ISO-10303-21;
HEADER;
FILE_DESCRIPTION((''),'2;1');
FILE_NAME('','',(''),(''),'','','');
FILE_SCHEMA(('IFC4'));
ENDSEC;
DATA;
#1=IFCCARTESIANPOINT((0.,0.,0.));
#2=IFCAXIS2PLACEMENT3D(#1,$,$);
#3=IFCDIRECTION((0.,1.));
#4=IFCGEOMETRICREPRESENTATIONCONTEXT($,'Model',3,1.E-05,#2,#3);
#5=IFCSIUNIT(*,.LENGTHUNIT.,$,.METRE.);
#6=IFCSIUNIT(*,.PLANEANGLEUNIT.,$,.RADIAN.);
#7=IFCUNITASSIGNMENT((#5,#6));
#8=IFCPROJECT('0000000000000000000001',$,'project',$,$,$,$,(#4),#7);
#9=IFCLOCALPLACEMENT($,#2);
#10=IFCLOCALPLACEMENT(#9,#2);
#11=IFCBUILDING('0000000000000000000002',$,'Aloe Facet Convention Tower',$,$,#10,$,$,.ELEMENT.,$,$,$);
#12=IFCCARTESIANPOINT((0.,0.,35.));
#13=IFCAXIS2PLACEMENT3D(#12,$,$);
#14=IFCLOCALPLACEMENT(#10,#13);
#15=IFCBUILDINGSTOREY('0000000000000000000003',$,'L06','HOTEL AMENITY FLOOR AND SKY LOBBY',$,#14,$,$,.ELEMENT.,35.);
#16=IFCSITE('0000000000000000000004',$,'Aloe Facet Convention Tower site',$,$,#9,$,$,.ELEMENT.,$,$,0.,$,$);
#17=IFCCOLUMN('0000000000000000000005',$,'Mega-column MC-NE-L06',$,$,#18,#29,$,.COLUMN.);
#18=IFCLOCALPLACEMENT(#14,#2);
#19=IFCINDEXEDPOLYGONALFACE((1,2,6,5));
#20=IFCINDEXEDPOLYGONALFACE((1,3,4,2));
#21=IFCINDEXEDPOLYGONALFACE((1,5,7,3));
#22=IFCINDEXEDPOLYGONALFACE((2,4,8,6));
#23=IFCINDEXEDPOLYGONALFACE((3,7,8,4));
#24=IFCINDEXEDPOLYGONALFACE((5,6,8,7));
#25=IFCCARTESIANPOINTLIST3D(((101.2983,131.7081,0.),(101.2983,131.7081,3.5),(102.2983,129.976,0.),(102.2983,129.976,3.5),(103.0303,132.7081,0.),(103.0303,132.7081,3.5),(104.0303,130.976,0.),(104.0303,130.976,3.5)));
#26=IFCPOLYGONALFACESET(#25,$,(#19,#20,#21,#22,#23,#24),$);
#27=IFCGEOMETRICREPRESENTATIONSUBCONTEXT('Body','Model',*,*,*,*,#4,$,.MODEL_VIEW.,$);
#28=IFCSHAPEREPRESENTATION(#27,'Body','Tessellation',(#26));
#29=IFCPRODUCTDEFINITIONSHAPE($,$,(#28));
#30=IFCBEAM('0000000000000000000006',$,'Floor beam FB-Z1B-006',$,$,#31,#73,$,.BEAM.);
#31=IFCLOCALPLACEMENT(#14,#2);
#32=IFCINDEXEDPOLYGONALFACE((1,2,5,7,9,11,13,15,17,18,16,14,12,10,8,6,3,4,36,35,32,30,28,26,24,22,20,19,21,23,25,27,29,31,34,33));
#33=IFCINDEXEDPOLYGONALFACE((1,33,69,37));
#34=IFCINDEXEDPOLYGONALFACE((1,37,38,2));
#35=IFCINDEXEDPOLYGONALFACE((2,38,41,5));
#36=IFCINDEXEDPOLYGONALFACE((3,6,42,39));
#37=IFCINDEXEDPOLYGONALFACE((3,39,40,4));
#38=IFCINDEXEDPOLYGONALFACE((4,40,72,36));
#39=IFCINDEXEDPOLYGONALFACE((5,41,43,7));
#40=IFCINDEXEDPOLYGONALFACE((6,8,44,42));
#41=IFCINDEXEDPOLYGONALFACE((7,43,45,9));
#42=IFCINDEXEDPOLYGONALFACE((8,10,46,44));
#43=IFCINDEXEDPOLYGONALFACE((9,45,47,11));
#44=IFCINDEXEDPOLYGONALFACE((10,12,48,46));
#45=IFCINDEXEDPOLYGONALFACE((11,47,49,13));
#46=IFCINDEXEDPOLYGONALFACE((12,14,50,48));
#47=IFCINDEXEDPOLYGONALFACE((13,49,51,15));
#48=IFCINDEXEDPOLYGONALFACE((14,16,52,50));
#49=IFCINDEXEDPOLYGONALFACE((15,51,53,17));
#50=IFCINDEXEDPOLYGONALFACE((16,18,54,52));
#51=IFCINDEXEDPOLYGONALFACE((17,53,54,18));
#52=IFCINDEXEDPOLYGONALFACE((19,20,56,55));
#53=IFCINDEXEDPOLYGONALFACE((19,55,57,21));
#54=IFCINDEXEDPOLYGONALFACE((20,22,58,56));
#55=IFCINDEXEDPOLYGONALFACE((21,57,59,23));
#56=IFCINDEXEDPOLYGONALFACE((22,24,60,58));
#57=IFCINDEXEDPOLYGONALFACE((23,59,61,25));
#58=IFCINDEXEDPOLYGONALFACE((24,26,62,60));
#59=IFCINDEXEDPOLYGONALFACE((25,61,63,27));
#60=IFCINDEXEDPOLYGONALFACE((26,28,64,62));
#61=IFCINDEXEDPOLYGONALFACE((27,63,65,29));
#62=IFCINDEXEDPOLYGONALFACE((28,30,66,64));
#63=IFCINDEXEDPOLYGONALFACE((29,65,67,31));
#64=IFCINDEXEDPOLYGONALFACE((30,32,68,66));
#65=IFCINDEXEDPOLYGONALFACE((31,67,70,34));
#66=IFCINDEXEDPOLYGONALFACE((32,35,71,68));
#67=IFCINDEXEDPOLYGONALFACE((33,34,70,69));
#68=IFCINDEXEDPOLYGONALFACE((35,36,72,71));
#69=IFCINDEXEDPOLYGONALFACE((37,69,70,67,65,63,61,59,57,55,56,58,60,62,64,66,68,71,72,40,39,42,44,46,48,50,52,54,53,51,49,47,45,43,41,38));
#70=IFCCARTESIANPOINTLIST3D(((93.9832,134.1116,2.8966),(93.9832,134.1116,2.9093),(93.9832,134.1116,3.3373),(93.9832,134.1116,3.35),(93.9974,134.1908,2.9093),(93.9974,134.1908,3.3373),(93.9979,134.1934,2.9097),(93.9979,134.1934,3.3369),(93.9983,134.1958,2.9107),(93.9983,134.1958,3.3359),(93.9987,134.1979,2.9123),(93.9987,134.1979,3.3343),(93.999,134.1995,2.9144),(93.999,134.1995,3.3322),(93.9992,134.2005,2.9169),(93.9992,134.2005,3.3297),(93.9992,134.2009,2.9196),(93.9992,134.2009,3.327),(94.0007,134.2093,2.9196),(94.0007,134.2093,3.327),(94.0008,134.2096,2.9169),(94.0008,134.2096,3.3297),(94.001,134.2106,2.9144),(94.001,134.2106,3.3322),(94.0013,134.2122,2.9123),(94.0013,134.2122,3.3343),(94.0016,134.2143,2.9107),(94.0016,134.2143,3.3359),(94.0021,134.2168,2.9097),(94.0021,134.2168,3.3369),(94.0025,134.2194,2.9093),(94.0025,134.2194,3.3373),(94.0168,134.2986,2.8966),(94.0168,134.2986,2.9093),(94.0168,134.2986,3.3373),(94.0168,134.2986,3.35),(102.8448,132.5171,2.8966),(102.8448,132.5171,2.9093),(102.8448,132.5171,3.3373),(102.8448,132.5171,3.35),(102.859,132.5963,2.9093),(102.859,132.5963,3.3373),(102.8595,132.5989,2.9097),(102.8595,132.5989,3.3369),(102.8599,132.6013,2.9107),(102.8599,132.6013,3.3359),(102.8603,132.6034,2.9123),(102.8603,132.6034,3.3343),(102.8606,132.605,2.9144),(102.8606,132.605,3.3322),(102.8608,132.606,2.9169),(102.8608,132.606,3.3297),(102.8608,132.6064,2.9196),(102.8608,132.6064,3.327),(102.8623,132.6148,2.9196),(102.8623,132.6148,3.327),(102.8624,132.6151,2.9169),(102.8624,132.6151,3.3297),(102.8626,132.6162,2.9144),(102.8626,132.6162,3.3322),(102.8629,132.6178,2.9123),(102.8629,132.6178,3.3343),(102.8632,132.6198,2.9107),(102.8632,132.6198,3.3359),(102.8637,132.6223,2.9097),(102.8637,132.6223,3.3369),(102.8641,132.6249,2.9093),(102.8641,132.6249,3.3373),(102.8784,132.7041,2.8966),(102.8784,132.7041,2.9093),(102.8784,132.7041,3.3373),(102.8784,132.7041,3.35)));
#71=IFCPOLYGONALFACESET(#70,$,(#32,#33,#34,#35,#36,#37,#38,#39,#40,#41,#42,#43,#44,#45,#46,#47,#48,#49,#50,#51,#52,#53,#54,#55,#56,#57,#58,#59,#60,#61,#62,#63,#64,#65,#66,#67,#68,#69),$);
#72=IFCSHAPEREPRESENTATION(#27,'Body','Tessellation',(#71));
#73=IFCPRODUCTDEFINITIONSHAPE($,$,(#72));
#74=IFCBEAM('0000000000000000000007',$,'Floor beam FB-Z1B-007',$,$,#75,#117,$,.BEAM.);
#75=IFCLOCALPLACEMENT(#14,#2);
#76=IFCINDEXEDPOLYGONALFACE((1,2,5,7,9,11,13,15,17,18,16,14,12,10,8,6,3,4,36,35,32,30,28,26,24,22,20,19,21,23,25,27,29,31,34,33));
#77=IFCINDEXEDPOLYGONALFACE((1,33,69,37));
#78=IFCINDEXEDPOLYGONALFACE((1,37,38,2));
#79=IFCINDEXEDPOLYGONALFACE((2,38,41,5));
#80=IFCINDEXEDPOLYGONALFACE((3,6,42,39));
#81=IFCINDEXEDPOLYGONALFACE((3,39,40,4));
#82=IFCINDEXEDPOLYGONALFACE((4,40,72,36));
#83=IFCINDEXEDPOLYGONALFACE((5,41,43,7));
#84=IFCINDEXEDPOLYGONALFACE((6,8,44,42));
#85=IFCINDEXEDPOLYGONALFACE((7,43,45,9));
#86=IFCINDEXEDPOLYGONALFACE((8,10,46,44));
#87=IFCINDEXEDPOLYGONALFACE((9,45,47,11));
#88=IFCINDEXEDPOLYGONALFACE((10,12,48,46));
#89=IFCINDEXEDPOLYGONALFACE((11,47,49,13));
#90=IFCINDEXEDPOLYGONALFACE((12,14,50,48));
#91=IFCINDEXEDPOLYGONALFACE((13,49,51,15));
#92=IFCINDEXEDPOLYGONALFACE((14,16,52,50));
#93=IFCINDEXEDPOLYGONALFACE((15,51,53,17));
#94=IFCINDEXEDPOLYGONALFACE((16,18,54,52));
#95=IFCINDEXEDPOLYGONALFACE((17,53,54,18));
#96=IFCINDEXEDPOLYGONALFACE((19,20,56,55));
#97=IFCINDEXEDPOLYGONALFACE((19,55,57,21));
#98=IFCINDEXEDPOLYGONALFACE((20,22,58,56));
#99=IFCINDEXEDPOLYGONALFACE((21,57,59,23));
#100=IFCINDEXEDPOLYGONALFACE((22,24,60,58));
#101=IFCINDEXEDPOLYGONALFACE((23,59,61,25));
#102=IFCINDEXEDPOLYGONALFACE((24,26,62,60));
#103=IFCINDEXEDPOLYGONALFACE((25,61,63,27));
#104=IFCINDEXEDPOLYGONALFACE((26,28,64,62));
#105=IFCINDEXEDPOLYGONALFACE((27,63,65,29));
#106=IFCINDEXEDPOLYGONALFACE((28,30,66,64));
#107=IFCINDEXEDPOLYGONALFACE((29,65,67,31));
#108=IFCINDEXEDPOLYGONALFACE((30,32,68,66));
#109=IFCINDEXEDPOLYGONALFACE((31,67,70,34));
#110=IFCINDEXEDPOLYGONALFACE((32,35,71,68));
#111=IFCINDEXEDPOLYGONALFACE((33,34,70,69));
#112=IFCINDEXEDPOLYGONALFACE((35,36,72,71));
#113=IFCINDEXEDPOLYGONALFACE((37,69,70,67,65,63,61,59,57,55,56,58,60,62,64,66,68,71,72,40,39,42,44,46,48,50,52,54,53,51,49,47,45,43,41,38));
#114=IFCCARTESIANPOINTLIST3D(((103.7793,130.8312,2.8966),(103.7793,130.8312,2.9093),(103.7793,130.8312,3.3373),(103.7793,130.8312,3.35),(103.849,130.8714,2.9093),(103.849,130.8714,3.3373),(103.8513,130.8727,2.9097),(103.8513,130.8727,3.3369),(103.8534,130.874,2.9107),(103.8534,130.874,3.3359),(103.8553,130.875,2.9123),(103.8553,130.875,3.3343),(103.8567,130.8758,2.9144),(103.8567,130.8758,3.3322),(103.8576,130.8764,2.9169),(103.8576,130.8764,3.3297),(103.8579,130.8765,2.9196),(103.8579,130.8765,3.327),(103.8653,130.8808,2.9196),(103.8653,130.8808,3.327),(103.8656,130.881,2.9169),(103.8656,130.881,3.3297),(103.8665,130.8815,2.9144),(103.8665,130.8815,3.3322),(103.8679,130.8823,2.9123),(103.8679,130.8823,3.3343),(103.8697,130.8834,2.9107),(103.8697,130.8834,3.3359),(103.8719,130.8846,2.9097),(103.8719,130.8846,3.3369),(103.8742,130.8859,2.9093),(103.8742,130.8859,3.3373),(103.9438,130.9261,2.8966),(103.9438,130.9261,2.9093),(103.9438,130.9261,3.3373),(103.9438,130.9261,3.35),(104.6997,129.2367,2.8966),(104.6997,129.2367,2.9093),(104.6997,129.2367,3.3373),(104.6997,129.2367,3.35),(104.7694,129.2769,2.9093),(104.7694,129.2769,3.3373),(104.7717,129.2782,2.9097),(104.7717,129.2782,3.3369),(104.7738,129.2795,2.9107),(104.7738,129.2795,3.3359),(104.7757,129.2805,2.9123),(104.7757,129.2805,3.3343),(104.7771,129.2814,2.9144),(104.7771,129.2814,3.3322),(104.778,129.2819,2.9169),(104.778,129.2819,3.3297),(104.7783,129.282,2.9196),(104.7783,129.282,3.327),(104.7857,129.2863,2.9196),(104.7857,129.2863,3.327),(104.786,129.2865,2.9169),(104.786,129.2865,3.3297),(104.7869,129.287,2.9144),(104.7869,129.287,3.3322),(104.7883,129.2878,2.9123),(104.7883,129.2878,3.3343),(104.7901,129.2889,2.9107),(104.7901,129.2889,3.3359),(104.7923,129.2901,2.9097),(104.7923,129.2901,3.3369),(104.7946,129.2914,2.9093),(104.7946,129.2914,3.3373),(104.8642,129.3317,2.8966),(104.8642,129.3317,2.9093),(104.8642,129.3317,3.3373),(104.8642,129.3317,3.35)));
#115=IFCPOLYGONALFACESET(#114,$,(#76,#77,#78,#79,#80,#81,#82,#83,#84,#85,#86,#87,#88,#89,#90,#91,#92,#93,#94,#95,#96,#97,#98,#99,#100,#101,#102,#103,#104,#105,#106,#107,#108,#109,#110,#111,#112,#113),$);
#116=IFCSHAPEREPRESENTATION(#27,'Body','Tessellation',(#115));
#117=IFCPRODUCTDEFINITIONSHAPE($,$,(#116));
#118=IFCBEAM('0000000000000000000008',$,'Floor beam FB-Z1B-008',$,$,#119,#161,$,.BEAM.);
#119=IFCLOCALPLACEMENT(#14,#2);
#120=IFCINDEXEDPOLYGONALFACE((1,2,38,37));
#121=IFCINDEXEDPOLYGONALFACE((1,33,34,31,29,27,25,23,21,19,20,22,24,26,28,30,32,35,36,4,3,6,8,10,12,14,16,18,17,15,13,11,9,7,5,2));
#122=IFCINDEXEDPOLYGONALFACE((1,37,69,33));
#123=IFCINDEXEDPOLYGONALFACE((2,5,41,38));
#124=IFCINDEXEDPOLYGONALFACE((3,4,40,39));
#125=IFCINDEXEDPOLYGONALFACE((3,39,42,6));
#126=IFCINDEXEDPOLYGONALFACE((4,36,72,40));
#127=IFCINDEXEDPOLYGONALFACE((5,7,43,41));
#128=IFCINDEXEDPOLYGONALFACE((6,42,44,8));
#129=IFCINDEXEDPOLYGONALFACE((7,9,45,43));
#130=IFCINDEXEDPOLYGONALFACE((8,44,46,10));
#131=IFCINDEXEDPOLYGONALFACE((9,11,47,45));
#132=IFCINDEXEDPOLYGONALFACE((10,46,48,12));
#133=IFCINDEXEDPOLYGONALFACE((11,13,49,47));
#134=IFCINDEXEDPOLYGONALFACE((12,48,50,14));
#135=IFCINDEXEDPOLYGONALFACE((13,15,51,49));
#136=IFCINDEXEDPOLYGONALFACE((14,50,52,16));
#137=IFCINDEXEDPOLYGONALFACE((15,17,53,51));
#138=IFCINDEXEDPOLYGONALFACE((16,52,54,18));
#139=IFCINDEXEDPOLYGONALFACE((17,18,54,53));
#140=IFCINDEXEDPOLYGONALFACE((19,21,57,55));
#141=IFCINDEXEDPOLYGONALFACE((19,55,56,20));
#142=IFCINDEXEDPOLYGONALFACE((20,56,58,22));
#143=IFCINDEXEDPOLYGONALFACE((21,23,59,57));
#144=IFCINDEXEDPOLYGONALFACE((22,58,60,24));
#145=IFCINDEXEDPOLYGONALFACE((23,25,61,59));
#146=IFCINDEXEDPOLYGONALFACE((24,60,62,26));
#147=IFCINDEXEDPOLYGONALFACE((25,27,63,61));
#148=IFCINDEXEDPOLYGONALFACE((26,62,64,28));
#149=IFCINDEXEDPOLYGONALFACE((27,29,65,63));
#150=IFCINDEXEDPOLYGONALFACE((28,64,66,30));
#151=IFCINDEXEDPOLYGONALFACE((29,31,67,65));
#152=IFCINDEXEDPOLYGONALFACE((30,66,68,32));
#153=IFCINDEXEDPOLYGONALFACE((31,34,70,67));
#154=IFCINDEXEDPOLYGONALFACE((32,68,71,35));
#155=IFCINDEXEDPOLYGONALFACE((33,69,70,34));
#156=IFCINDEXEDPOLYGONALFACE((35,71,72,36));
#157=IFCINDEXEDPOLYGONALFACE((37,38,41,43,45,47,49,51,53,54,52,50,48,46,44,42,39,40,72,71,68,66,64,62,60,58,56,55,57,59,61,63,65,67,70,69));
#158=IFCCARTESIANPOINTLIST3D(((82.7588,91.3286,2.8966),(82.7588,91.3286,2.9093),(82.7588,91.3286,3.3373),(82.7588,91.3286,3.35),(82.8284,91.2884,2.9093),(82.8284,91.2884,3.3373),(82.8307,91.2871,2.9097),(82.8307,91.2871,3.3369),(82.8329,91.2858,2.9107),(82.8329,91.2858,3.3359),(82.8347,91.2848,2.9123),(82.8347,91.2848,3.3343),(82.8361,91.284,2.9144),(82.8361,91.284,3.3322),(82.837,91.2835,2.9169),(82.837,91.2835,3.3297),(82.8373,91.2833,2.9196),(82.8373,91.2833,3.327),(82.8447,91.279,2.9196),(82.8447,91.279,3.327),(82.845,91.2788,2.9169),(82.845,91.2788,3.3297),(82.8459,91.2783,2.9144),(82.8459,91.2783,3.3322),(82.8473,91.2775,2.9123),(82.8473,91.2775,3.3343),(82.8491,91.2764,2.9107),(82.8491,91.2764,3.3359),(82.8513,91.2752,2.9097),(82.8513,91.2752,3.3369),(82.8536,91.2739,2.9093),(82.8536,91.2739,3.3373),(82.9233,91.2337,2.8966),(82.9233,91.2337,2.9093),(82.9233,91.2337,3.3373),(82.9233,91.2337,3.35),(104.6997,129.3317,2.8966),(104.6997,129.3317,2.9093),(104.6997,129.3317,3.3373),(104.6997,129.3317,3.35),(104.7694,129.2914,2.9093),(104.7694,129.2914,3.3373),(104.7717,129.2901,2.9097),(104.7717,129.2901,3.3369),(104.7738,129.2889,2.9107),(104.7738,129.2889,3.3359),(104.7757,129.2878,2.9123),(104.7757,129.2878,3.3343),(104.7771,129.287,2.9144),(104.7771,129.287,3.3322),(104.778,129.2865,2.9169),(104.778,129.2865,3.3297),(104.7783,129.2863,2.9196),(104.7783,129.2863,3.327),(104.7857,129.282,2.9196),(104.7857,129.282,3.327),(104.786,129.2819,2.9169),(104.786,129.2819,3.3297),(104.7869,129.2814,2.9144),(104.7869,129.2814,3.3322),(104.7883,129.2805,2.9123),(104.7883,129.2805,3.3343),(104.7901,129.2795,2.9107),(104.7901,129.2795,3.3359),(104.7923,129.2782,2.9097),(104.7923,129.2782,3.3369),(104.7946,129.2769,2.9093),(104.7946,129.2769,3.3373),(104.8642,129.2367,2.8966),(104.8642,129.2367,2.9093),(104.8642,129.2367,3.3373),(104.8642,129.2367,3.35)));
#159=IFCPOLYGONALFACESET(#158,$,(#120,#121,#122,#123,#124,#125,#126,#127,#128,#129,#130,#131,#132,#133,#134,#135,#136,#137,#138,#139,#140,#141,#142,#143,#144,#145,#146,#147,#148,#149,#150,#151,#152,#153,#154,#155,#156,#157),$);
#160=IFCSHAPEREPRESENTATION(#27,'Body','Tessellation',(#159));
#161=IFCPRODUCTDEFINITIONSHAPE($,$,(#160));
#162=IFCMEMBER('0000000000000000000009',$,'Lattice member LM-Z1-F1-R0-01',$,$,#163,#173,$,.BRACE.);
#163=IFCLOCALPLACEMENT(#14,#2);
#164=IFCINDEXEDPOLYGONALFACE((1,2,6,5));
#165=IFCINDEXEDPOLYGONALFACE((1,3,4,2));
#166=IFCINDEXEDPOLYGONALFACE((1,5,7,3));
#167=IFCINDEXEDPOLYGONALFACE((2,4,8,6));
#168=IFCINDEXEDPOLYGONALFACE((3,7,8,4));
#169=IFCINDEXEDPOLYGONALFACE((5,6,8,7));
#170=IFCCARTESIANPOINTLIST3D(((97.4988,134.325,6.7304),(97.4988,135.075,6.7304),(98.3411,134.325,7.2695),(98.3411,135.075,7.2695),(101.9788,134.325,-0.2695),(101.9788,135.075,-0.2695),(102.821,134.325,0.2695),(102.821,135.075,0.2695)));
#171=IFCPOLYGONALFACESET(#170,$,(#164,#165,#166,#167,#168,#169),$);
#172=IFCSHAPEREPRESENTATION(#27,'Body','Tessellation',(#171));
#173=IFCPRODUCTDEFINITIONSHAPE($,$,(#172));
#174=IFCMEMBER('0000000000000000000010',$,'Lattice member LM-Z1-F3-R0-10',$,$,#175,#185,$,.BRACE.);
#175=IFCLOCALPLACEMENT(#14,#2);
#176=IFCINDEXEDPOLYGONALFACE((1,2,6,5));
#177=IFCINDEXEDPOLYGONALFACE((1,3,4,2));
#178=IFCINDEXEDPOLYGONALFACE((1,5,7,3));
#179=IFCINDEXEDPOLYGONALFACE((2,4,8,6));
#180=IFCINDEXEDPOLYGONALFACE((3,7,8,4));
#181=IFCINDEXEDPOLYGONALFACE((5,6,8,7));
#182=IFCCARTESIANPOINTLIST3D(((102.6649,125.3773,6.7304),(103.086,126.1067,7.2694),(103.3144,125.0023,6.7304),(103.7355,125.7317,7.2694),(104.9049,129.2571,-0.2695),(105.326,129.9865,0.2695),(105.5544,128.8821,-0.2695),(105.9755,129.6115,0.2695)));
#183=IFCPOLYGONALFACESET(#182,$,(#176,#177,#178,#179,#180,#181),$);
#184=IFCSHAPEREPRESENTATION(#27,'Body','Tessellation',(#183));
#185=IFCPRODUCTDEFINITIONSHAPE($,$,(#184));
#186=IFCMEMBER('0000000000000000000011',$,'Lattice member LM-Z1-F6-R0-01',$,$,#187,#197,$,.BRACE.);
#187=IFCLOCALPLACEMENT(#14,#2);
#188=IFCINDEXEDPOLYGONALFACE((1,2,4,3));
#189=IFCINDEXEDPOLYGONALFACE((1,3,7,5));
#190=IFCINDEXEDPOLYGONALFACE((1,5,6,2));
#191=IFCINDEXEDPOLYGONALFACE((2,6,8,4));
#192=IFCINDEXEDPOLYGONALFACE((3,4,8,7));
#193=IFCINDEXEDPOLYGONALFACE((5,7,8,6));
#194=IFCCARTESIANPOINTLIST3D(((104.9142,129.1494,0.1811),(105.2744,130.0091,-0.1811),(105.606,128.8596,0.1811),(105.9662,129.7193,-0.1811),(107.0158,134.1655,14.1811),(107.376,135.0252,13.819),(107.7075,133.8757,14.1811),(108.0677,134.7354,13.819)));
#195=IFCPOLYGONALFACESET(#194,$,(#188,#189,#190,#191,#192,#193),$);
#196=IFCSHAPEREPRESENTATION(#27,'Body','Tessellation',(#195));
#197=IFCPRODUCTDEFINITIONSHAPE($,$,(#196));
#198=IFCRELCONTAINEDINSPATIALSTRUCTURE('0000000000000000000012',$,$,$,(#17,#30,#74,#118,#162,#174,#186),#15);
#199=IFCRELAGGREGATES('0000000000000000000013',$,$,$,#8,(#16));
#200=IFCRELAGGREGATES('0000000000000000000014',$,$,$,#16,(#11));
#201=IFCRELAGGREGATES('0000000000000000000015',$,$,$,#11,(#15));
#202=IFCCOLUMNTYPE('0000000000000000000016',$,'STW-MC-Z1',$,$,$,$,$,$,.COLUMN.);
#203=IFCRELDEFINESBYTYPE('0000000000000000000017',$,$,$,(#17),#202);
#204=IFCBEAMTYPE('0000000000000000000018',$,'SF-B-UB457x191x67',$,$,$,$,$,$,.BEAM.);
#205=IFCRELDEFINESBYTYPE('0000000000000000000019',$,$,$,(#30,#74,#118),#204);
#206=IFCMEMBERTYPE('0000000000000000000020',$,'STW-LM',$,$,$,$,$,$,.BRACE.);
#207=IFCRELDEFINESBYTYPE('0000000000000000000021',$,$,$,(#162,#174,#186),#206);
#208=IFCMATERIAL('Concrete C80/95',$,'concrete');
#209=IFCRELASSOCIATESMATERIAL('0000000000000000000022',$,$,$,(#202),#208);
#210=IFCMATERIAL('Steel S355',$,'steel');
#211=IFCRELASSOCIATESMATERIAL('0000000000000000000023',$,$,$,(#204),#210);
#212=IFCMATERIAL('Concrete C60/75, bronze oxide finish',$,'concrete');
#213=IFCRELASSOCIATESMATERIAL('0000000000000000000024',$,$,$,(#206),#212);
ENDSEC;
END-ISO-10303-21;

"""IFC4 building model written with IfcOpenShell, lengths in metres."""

from ifc_helpers import new_model, si_unit, direction, frame, origin, origin_2d, place, context, subcontext, project, spatial, rectangle, i_section, extrude, material, material_profile, profile_set, type_object, element, save


model = new_model("IFC4")

# Units and contexts
model_context = context("Model", 3, precision=1e-05, world=origin(), true_north=direction((0.0, 1.0)))
body_context = subcontext(model_context, "Body", "Model", "MODEL_VIEW")
ifc_project = project(units=[si_unit("LENGTHUNIT", "METRE"), si_unit("PLANEANGLEUNIT", "RADIAN")], contexts=[model_context])

# Site, building, storey
site_placement = place(None, origin())
site = spatial("IfcSite", under=ifc_project, at=site_placement, Name="Aloe Facet Convention Tower site", CompositionType="ELEMENT", RefElevation=0.0)
building_placement = place(site_placement, origin())
building = spatial("IfcBuilding", under=site, at=building_placement, Name="Aloe Facet Convention Tower", CompositionType="ELEMENT")
storey_placement = place(building_placement, frame((0.0, 0.0, 35.0)))
storey = spatial("IfcBuildingStorey", under=building, at=storey_placement, Name="L06", Description="HOTEL AMENITY FLOOR AND SKY LOBBY", CompositionType="ELEMENT", Elevation=35.0)

# Column
ifc_material_1 = material(Name="Concrete C80/95", Category="concrete")
ifc_material_profile_1 = material_profile(ifc_material_1, rectangle(XDim=2.0, YDim=2.0, at=origin_2d()), Name="STW-MC-Z1")
ifc_profile_set_1 = profile_set([ifc_material_profile_1], Name="Concrete C80/95")
column_type = type_object("IfcColumnType", Name="STW-MC-Z1", PredefinedType="COLUMN", material=ifc_profile_set_1)
column_placement = place(storey_placement, frame((102.6643, 131.342, 0.0), z_axis=(0.0, 0.0, 1.0), x_axis=(-0.5, 0.866025, 0.0)))
element("IfcColumn", 1, at=column_placement, inside=storey, type_object=column_type, Name="Mega-column MC-NE-L06", PredefinedType="COLUMN", context=body_context, shape_type="SweptSolid", body=[
    extrude(rectangle(XDim=2.0, YDim=2.0, at=origin_2d()), origin(), (0.0, 0.0, 1.0), 3.5),
])

# Beams
ifc_material_2 = material(Name="Steel S355", Category="steel")
ifc_material_profile_2 = material_profile(ifc_material_2, i_section(OverallWidth=0.1899, OverallDepth=0.4534, WebThickness=0.0085, FlangeThickness=0.0127, FilletRadius=0.0103, at=origin_2d()), Name="UB 457x191x67")
ifc_profile_set_2 = profile_set([ifc_material_profile_2], Name="Steel S355")
beam_type = type_object("IfcBeamType", Name="SF-B-UB457x191x67", PredefinedType="BEAM", material=ifc_profile_set_2)
beam_1_placement = place(storey_placement, frame((102.8616, 132.6106, 3.1233), z_axis=(-0.984195, 0.177088, 0.0), x_axis=(-0.177088, -0.984195, 0.0)))
element("IfcBeam", 2, at=beam_1_placement, inside=storey, type_object=beam_type, Name="Floor beam FB-Z1B-006", PredefinedType="BEAM", context=body_context, shape_type="SweptSolid", body=[
    extrude(i_section(OverallWidth=0.1899, OverallDepth=0.4534, WebThickness=0.0085, FlangeThickness=0.0127, FilletRadius=0.0103, at=origin_2d()), origin(), (0.0, 0.0, 1.0), 9.0039),
])
beam_2_placement = place(storey_placement, frame((103.8616, 130.8787, 3.1233), z_axis=(0.499933, -0.866064, 0.0), x_axis=(0.866064, 0.499933, 0.0)))
element("IfcBeam", 3, at=beam_2_placement, inside=storey, type_object=beam_type, Name="Floor beam FB-Z1B-007", PredefinedType="BEAM", context=body_context, shape_type="SweptSolid", body=[
    extrude(i_section(OverallWidth=0.1899, OverallDepth=0.4534, WebThickness=0.0085, FlangeThickness=0.0127, FilletRadius=0.0103, at=origin_2d()), origin(), (0.0, 0.0, 1.0), 1.8411),
])
beam_3_placement = place(storey_placement, frame((104.782, 129.2842, 3.1233), z_axis=(-0.499999, -0.866026, 0.0), x_axis=(0.866026, -0.499999, 0.0)))
element("IfcBeam", 4, at=beam_3_placement, inside=storey, type_object=beam_type, Name="Floor beam FB-Z1B-008", PredefinedType="BEAM", context=body_context, shape_type="SweptSolid", body=[
    extrude(i_section(OverallWidth=0.1899, OverallDepth=0.4534, WebThickness=0.0085, FlangeThickness=0.0127, FilletRadius=0.0103, at=origin_2d()), origin(), (0.0, 0.0, 1.0), 43.8821),
])

# Members
ifc_material_3 = material(Name="Concrete C60/75, bronze oxide finish", Category="concrete")
ifc_material_profile_3 = material_profile(ifc_material_3, rectangle(XDim=0.75, YDim=1.0, at=origin_2d()), Name="STW-LM")
ifc_profile_set_3 = profile_set([ifc_material_profile_3], Name="Concrete C60/75, bronze oxide finish")
member_type = type_object("IfcMemberType", Name="STW-LM", PredefinedType="BRACE", material=ifc_profile_set_3)
for number, where, z_axis, x_axis, name in (
    (5, (102.3999, 134.7, 0.0), (-0.539052, 0.0, 0.842272), (0.0, -1.0, 0.0), "Lattice member LM-Z1-F1-R0-01"),
    (6, (105.4402, 129.4343, 0.0), (-0.269524, -0.466843, 0.842267), (0.866031, -0.49999, 0.0), "Lattice member LM-Z1-F3-R0-10"),
):
    element("IfcMember", number, at=place(storey_placement, frame(where, z_axis=z_axis, x_axis=x_axis)), inside=storey, type_object=member_type, Name=name, PredefinedType="BRACE", context=body_context, shape_type="SweptSolid", body=[
        extrude(rectangle(XDim=0.75, YDim=1.0, at=origin_2d()), origin(), (0.0, 0.0, 1.0), 8.3108),
    ])
member_1_placement = place(storey_placement, frame((105.4402, 129.4343, 0.0), z_axis=(0.139925, 0.333979, 0.932137), x_axis=(-0.922323, 0.386419, 0.0)))
element("IfcMember", 7, at=member_1_placement, inside=storey, type_object=member_type, Name="Lattice member LM-Z1-F6-R0-01", PredefinedType="BRACE", context=body_context, shape_type="SweptSolid", body=[
    extrude(rectangle(XDim=0.75, YDim=1.0, at=origin_2d()), origin(), (0.0, 0.0, 1.0), 15.0193),
])

save(model, "model.ifc")
